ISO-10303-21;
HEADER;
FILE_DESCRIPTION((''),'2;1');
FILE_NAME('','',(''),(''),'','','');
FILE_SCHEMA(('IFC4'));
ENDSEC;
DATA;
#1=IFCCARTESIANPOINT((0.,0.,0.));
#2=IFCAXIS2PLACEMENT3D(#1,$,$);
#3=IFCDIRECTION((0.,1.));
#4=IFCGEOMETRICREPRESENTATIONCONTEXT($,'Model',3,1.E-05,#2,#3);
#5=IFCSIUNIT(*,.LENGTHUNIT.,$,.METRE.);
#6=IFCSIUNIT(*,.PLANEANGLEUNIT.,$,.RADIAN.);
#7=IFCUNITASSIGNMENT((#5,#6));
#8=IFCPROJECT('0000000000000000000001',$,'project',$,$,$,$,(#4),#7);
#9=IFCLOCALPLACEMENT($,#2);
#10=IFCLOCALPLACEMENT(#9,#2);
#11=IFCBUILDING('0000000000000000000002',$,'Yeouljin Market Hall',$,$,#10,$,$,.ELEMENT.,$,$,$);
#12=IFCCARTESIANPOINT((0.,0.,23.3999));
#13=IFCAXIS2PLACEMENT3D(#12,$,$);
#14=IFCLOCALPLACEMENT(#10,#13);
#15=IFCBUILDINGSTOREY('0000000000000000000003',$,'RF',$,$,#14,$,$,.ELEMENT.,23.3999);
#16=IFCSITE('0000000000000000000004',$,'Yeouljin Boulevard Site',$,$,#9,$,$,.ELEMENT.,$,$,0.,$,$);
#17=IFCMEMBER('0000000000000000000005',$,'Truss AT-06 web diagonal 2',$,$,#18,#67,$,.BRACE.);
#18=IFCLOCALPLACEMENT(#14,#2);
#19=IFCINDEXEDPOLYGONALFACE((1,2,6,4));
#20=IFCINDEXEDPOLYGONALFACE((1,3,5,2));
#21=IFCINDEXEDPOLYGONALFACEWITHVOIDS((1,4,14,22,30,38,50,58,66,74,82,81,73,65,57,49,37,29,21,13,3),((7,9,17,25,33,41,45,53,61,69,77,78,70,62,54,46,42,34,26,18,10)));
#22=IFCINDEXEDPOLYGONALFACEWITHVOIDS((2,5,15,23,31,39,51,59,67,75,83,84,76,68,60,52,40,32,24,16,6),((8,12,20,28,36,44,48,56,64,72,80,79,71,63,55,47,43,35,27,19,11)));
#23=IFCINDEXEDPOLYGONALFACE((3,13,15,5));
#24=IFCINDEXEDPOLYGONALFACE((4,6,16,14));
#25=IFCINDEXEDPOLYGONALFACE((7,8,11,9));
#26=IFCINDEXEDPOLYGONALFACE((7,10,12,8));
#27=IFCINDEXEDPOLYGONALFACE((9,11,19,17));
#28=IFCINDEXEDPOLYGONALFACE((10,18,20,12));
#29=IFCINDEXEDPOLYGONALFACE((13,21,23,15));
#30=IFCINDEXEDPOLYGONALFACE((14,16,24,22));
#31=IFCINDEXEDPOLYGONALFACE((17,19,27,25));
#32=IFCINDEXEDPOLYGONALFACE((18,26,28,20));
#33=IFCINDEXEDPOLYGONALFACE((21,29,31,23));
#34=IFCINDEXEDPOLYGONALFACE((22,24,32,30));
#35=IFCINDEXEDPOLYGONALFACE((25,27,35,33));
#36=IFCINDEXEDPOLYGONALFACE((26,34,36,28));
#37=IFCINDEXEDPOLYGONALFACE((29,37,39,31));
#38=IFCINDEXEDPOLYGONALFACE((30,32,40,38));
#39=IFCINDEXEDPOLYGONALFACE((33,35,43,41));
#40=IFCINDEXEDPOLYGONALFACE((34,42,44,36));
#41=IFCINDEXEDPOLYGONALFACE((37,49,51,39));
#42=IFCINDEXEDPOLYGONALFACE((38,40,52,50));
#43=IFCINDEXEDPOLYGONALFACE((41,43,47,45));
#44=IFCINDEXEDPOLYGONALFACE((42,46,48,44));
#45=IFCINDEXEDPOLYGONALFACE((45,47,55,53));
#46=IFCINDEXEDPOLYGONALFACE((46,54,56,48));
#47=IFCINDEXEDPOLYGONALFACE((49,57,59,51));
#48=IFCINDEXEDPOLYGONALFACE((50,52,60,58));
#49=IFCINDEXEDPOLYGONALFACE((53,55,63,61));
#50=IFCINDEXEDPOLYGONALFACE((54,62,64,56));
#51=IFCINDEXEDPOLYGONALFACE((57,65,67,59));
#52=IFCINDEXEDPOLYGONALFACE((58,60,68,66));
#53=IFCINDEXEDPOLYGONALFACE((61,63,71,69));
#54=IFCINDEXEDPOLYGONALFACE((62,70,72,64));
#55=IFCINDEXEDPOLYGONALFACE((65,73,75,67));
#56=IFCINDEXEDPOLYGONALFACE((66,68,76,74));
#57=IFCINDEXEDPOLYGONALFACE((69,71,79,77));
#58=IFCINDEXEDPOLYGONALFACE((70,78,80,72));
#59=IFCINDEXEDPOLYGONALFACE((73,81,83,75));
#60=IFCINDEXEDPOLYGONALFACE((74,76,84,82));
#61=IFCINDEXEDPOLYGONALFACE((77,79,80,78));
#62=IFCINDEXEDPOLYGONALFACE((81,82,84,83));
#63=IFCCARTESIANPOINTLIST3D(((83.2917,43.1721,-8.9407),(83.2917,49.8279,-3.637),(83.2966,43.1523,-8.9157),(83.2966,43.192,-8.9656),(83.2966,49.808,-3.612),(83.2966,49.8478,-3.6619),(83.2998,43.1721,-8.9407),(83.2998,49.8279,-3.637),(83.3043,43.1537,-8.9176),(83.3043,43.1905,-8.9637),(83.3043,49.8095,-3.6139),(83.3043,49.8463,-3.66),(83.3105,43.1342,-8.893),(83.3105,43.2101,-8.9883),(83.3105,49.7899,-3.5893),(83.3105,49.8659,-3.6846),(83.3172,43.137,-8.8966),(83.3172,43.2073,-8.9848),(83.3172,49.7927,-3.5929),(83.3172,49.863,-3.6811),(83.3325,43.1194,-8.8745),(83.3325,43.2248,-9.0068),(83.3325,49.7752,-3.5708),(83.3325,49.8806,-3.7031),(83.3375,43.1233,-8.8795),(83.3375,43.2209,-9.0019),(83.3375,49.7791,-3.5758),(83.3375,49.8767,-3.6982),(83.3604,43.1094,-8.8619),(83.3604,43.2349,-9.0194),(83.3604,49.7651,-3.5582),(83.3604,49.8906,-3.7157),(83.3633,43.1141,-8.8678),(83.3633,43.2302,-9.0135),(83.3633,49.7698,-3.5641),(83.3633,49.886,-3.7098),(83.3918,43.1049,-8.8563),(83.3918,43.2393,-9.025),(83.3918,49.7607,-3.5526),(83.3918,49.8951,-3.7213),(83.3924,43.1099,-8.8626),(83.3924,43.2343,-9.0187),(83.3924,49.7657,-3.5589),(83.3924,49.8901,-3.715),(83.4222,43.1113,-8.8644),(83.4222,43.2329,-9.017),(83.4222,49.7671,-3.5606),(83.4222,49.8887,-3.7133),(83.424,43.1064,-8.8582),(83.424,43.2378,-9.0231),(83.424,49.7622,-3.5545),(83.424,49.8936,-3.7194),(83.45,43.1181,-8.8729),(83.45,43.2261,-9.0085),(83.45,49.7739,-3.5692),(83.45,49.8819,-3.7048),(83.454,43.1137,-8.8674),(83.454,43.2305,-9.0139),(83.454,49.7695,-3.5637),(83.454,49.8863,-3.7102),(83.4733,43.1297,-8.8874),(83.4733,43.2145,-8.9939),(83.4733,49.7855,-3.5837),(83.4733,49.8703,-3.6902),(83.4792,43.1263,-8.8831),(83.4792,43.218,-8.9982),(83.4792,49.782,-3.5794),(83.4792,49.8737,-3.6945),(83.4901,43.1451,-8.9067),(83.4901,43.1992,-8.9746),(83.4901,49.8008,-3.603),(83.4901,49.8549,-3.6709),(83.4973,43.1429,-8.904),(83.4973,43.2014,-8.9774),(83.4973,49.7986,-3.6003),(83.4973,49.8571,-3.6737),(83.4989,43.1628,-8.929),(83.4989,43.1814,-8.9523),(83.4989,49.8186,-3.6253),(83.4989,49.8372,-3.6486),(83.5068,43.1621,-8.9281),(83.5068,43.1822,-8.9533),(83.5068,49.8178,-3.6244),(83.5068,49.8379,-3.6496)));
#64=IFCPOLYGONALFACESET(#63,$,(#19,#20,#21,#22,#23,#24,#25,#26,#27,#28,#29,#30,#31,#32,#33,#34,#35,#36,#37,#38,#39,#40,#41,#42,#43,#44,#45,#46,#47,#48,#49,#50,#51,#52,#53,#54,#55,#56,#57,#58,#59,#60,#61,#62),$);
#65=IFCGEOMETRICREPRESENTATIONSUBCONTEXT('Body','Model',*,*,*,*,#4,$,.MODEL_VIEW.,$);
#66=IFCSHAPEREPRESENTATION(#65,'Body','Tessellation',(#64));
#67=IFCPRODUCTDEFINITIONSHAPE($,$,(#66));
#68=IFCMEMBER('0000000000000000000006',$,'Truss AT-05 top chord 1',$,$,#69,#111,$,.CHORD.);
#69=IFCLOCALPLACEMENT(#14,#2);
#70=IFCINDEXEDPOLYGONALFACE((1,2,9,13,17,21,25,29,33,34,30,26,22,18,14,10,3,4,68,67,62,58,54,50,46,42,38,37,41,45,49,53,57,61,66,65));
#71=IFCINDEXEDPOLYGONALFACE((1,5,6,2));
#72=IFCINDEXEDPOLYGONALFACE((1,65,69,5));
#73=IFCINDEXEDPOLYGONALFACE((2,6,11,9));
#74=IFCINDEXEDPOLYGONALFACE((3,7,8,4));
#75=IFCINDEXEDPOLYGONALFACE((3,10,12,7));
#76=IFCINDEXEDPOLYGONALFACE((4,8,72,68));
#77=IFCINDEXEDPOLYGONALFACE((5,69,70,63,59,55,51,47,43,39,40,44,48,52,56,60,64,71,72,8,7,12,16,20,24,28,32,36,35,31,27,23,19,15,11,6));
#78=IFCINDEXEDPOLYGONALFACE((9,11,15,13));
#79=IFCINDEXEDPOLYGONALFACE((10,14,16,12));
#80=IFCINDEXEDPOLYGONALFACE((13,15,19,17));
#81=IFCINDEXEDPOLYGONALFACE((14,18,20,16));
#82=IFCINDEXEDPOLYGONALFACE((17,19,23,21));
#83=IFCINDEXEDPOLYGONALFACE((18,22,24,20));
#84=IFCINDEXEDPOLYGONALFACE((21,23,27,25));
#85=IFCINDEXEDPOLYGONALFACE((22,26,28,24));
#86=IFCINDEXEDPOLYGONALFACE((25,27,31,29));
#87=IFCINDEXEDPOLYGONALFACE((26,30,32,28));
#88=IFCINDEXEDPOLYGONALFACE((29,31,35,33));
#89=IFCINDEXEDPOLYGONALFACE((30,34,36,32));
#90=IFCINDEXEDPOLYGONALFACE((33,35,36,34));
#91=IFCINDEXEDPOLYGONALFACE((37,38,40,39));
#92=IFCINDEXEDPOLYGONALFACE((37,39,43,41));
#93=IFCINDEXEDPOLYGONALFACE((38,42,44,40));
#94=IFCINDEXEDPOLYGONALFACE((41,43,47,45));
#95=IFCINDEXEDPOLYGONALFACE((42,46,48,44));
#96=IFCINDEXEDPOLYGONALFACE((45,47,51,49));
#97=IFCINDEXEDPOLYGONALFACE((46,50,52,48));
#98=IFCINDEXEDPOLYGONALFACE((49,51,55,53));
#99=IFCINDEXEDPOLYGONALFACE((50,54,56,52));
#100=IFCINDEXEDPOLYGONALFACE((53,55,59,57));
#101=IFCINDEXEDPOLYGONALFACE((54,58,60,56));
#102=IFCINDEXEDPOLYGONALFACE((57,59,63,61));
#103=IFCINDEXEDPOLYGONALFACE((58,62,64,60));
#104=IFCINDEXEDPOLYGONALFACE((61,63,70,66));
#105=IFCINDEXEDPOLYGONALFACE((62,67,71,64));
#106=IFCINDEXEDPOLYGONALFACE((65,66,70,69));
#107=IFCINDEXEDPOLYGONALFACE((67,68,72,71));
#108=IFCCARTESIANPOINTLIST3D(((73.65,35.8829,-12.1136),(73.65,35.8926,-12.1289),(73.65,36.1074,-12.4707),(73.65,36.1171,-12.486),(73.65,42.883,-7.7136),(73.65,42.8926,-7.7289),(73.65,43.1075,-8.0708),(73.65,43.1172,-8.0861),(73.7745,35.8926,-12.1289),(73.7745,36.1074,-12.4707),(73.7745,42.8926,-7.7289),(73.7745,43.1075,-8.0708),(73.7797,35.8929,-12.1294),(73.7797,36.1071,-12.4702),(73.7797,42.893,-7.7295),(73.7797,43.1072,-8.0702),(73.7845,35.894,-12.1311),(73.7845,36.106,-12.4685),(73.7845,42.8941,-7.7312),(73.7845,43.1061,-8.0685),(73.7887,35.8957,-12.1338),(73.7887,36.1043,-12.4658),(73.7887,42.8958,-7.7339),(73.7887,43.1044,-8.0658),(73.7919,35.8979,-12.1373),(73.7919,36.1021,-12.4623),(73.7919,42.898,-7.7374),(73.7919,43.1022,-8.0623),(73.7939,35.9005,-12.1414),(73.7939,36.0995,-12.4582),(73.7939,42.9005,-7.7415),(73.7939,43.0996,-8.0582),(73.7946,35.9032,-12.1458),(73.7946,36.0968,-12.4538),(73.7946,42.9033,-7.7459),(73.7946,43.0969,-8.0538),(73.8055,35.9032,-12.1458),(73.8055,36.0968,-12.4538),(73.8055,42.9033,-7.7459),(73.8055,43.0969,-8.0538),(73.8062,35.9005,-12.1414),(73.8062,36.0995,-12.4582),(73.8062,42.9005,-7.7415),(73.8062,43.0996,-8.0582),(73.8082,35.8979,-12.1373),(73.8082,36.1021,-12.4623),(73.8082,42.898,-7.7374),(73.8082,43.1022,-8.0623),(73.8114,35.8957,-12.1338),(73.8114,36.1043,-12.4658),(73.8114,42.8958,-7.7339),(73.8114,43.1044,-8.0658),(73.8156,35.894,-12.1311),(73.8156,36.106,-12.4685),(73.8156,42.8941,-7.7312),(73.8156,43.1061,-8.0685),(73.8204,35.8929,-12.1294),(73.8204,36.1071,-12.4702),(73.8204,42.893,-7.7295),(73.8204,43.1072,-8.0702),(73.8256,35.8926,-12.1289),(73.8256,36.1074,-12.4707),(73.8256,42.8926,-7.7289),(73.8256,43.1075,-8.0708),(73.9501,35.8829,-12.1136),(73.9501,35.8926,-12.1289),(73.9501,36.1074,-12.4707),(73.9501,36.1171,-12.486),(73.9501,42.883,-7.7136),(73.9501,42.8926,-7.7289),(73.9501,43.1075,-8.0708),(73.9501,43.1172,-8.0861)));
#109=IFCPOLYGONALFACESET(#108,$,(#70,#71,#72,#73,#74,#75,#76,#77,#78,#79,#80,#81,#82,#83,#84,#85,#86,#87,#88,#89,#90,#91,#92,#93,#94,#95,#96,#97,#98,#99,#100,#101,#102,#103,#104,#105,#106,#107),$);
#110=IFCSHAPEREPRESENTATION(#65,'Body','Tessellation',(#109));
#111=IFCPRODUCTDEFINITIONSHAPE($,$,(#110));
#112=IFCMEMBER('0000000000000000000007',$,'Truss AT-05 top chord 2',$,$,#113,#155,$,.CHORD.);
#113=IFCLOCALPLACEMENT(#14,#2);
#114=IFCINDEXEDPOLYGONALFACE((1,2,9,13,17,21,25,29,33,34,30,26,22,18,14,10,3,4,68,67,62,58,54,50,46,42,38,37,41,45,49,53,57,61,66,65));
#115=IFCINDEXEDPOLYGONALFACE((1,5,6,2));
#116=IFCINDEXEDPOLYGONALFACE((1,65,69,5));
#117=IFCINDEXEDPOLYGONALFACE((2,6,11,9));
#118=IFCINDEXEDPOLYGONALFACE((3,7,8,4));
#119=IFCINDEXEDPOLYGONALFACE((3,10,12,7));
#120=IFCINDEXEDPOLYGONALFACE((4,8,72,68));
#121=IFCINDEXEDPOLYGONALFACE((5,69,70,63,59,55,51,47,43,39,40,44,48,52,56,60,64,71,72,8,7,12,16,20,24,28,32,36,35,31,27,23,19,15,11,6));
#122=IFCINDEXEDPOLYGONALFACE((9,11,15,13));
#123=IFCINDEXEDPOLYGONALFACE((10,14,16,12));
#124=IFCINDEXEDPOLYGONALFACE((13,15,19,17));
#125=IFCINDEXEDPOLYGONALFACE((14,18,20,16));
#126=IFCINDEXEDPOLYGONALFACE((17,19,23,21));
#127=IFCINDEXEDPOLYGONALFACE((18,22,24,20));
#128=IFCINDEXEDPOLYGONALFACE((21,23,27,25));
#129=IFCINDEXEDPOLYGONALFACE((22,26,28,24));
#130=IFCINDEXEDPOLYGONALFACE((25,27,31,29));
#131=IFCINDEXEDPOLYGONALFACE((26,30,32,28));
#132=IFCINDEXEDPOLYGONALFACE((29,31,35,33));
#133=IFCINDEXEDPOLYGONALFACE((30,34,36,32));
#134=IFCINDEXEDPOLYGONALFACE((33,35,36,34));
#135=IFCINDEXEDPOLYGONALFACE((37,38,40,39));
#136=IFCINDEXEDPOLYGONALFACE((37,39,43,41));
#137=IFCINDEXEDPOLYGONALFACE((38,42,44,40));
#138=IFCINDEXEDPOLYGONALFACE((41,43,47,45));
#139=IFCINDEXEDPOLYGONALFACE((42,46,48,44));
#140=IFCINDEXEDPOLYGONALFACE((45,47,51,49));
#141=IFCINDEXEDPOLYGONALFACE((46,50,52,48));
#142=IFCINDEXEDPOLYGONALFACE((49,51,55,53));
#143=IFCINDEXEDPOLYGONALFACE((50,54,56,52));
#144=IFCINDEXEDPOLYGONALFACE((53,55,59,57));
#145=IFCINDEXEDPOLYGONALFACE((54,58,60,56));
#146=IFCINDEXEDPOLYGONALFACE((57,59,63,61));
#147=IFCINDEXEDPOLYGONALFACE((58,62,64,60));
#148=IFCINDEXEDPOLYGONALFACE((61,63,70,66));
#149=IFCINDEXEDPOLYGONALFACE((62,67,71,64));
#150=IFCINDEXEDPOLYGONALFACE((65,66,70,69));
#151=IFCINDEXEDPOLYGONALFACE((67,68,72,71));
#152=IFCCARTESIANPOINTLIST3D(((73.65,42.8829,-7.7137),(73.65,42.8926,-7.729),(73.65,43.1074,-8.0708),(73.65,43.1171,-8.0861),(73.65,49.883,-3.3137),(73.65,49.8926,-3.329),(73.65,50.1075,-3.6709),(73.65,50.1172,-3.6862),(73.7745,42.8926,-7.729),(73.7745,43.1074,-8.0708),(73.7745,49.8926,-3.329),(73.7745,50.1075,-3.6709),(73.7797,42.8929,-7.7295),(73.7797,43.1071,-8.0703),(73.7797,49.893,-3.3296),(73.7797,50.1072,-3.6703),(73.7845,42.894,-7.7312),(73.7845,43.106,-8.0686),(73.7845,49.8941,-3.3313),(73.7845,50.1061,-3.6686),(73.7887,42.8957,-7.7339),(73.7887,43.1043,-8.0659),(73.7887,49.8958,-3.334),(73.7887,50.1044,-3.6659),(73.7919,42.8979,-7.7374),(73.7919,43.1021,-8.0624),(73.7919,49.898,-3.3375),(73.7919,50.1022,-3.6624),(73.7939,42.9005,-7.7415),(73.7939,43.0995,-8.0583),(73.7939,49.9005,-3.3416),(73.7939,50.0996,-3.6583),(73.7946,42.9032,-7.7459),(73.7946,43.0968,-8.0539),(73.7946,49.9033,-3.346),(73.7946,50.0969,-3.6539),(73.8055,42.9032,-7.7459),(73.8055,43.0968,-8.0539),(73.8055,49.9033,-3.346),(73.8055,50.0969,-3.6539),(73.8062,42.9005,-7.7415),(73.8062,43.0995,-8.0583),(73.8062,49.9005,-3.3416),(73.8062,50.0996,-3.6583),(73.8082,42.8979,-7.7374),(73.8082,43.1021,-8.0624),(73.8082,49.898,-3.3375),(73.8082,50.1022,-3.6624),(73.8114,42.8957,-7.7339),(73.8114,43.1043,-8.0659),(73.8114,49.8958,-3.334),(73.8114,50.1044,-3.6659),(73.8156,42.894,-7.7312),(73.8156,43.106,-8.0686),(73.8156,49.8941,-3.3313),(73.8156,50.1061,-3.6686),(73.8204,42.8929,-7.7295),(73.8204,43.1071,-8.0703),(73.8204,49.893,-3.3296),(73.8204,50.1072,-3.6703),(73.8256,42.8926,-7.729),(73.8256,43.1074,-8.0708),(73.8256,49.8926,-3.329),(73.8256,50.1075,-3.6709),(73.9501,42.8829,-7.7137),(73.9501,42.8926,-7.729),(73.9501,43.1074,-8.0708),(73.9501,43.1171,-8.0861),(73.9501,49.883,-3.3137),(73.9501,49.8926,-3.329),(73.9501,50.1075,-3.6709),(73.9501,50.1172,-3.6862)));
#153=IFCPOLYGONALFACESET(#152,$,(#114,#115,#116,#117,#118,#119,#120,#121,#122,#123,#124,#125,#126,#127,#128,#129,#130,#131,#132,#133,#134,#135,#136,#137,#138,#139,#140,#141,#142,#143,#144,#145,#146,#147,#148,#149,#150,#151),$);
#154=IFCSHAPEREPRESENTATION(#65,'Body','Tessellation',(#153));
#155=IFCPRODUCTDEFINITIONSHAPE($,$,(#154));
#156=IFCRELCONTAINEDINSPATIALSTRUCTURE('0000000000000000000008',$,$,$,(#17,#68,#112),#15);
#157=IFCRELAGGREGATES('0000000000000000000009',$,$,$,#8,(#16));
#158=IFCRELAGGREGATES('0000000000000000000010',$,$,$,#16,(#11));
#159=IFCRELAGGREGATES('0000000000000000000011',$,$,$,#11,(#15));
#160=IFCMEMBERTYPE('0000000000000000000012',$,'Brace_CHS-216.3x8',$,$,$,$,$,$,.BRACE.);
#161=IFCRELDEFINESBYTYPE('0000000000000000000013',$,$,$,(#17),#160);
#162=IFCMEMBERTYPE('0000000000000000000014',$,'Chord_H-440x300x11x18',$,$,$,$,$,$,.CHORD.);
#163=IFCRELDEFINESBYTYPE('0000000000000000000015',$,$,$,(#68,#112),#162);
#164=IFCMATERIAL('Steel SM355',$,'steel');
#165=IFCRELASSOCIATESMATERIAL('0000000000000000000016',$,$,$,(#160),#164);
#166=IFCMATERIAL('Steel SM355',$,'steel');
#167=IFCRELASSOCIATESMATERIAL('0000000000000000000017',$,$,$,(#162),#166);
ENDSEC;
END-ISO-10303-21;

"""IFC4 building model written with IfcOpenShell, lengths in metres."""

from ifc_helpers import new_model, si_unit, direction, frame, origin, origin_2d, place, context, subcontext, project, spatial, hollow_circle, i_section, extrude, material, material_profile, profile_set, type_object, element, save


model = new_model("IFC4")

# Units and contexts
model_context = context("Model", 3, precision=1e-05, world=origin(), true_north=direction((0.0, 1.0)))
body_context = subcontext(model_context, "Body", "Model", "MODEL_VIEW")
ifc_project = project(units=[si_unit("LENGTHUNIT", "METRE"), si_unit("PLANEANGLEUNIT", "RADIAN")], contexts=[model_context])

# Site, building, storey
site_placement = place(None, origin())
site = spatial("IfcSite", under=ifc_project, at=site_placement, Name="Yeouljin Boulevard Site", CompositionType="ELEMENT", RefElevation=0.0)
building_placement = place(site_placement, origin())
building = spatial("IfcBuilding", under=site, at=building_placement, Name="Yeouljin Market Hall", CompositionType="ELEMENT")
storey_placement = place(building_placement, frame((0.0, 0.0, 23.3999)))
storey = spatial("IfcBuildingStorey", under=building, at=storey_placement, Name="RF", CompositionType="ELEMENT", Elevation=23.3999)

# Members
ifc_material_1 = material(Name="Steel SM355", Category="steel")
ifc_material_profile_1 = material_profile(ifc_material_1, hollow_circle(Radius=0.1082, WallThickness=0.0081, at=origin_2d()), Name="CHS-216.3x8")
ifc_profile_set_1 = profile_set([ifc_material_profile_1], Name="Steel SM355")
member_type_1 = type_object("IfcMemberType", Name="Brace_CHS-216.3x8", PredefinedType="BRACE", material=ifc_profile_set_1)
for number, where, z_axis, x_axis, name in (
    (1, (83.3999, 43.1721, -8.9407), (0.0, 0.782065, 0.623197), (-1.0, 0.0, 0.0), "Truss AT-06 web diagonal 2"),
):
    element("IfcMember", number, at=place(storey_placement, frame(where, z_axis=z_axis, x_axis=x_axis)), inside=storey, type_object=member_type_1, Name=name, PredefinedType="BRACE", context=body_context, shape_type="SweptSolid", body=[
        extrude(hollow_circle(Radius=0.1082, WallThickness=0.0081, at=origin_2d()), origin(), (0.0, 0.0, 1.0), 8.5105),
    ])
ifc_material_2 = material(Name="Steel SM355", Category="steel")
ifc_material_profile_2 = material_profile(ifc_material_2, i_section(OverallWidth=0.3, OverallDepth=0.4399, WebThickness=0.011, FlangeThickness=0.0181, FilletRadius=0.02, at=origin_2d()), Name="H-440x300x11x18")
ifc_profile_set_2 = profile_set([ifc_material_profile_2], Name="Steel SM355")
member_type_2 = type_object("IfcMemberType", Name="Chord_H-440x300x11x18", PredefinedType="CHORD", material=ifc_profile_set_2)
for number, where, z_axis, x_axis, name in (
    (2, (73.8, 36.0, -12.2998), (0.0, 0.846642, 0.532163), (-1.0, 0.0, 0.0), "Truss AT-05 top chord 1"),
    (3, (73.8, 43.0, -7.8999), (0.0, 0.846642, 0.532163), (-1.0, 0.0, 0.0), "Truss AT-05 top chord 2"),
):
    element("IfcMember", number, at=place(storey_placement, frame(where, z_axis=z_axis, x_axis=x_axis)), inside=storey, type_object=member_type_2, Name=name, PredefinedType="CHORD", context=body_context, shape_type="SweptSolid", body=[
        extrude(i_section(OverallWidth=0.3, OverallDepth=0.4399, WebThickness=0.011, FlangeThickness=0.0181, FilletRadius=0.02, at=origin_2d()), origin(), (0.0, 0.0, 1.0), 8.2681),
    ])

save(model, "model.ifc")
